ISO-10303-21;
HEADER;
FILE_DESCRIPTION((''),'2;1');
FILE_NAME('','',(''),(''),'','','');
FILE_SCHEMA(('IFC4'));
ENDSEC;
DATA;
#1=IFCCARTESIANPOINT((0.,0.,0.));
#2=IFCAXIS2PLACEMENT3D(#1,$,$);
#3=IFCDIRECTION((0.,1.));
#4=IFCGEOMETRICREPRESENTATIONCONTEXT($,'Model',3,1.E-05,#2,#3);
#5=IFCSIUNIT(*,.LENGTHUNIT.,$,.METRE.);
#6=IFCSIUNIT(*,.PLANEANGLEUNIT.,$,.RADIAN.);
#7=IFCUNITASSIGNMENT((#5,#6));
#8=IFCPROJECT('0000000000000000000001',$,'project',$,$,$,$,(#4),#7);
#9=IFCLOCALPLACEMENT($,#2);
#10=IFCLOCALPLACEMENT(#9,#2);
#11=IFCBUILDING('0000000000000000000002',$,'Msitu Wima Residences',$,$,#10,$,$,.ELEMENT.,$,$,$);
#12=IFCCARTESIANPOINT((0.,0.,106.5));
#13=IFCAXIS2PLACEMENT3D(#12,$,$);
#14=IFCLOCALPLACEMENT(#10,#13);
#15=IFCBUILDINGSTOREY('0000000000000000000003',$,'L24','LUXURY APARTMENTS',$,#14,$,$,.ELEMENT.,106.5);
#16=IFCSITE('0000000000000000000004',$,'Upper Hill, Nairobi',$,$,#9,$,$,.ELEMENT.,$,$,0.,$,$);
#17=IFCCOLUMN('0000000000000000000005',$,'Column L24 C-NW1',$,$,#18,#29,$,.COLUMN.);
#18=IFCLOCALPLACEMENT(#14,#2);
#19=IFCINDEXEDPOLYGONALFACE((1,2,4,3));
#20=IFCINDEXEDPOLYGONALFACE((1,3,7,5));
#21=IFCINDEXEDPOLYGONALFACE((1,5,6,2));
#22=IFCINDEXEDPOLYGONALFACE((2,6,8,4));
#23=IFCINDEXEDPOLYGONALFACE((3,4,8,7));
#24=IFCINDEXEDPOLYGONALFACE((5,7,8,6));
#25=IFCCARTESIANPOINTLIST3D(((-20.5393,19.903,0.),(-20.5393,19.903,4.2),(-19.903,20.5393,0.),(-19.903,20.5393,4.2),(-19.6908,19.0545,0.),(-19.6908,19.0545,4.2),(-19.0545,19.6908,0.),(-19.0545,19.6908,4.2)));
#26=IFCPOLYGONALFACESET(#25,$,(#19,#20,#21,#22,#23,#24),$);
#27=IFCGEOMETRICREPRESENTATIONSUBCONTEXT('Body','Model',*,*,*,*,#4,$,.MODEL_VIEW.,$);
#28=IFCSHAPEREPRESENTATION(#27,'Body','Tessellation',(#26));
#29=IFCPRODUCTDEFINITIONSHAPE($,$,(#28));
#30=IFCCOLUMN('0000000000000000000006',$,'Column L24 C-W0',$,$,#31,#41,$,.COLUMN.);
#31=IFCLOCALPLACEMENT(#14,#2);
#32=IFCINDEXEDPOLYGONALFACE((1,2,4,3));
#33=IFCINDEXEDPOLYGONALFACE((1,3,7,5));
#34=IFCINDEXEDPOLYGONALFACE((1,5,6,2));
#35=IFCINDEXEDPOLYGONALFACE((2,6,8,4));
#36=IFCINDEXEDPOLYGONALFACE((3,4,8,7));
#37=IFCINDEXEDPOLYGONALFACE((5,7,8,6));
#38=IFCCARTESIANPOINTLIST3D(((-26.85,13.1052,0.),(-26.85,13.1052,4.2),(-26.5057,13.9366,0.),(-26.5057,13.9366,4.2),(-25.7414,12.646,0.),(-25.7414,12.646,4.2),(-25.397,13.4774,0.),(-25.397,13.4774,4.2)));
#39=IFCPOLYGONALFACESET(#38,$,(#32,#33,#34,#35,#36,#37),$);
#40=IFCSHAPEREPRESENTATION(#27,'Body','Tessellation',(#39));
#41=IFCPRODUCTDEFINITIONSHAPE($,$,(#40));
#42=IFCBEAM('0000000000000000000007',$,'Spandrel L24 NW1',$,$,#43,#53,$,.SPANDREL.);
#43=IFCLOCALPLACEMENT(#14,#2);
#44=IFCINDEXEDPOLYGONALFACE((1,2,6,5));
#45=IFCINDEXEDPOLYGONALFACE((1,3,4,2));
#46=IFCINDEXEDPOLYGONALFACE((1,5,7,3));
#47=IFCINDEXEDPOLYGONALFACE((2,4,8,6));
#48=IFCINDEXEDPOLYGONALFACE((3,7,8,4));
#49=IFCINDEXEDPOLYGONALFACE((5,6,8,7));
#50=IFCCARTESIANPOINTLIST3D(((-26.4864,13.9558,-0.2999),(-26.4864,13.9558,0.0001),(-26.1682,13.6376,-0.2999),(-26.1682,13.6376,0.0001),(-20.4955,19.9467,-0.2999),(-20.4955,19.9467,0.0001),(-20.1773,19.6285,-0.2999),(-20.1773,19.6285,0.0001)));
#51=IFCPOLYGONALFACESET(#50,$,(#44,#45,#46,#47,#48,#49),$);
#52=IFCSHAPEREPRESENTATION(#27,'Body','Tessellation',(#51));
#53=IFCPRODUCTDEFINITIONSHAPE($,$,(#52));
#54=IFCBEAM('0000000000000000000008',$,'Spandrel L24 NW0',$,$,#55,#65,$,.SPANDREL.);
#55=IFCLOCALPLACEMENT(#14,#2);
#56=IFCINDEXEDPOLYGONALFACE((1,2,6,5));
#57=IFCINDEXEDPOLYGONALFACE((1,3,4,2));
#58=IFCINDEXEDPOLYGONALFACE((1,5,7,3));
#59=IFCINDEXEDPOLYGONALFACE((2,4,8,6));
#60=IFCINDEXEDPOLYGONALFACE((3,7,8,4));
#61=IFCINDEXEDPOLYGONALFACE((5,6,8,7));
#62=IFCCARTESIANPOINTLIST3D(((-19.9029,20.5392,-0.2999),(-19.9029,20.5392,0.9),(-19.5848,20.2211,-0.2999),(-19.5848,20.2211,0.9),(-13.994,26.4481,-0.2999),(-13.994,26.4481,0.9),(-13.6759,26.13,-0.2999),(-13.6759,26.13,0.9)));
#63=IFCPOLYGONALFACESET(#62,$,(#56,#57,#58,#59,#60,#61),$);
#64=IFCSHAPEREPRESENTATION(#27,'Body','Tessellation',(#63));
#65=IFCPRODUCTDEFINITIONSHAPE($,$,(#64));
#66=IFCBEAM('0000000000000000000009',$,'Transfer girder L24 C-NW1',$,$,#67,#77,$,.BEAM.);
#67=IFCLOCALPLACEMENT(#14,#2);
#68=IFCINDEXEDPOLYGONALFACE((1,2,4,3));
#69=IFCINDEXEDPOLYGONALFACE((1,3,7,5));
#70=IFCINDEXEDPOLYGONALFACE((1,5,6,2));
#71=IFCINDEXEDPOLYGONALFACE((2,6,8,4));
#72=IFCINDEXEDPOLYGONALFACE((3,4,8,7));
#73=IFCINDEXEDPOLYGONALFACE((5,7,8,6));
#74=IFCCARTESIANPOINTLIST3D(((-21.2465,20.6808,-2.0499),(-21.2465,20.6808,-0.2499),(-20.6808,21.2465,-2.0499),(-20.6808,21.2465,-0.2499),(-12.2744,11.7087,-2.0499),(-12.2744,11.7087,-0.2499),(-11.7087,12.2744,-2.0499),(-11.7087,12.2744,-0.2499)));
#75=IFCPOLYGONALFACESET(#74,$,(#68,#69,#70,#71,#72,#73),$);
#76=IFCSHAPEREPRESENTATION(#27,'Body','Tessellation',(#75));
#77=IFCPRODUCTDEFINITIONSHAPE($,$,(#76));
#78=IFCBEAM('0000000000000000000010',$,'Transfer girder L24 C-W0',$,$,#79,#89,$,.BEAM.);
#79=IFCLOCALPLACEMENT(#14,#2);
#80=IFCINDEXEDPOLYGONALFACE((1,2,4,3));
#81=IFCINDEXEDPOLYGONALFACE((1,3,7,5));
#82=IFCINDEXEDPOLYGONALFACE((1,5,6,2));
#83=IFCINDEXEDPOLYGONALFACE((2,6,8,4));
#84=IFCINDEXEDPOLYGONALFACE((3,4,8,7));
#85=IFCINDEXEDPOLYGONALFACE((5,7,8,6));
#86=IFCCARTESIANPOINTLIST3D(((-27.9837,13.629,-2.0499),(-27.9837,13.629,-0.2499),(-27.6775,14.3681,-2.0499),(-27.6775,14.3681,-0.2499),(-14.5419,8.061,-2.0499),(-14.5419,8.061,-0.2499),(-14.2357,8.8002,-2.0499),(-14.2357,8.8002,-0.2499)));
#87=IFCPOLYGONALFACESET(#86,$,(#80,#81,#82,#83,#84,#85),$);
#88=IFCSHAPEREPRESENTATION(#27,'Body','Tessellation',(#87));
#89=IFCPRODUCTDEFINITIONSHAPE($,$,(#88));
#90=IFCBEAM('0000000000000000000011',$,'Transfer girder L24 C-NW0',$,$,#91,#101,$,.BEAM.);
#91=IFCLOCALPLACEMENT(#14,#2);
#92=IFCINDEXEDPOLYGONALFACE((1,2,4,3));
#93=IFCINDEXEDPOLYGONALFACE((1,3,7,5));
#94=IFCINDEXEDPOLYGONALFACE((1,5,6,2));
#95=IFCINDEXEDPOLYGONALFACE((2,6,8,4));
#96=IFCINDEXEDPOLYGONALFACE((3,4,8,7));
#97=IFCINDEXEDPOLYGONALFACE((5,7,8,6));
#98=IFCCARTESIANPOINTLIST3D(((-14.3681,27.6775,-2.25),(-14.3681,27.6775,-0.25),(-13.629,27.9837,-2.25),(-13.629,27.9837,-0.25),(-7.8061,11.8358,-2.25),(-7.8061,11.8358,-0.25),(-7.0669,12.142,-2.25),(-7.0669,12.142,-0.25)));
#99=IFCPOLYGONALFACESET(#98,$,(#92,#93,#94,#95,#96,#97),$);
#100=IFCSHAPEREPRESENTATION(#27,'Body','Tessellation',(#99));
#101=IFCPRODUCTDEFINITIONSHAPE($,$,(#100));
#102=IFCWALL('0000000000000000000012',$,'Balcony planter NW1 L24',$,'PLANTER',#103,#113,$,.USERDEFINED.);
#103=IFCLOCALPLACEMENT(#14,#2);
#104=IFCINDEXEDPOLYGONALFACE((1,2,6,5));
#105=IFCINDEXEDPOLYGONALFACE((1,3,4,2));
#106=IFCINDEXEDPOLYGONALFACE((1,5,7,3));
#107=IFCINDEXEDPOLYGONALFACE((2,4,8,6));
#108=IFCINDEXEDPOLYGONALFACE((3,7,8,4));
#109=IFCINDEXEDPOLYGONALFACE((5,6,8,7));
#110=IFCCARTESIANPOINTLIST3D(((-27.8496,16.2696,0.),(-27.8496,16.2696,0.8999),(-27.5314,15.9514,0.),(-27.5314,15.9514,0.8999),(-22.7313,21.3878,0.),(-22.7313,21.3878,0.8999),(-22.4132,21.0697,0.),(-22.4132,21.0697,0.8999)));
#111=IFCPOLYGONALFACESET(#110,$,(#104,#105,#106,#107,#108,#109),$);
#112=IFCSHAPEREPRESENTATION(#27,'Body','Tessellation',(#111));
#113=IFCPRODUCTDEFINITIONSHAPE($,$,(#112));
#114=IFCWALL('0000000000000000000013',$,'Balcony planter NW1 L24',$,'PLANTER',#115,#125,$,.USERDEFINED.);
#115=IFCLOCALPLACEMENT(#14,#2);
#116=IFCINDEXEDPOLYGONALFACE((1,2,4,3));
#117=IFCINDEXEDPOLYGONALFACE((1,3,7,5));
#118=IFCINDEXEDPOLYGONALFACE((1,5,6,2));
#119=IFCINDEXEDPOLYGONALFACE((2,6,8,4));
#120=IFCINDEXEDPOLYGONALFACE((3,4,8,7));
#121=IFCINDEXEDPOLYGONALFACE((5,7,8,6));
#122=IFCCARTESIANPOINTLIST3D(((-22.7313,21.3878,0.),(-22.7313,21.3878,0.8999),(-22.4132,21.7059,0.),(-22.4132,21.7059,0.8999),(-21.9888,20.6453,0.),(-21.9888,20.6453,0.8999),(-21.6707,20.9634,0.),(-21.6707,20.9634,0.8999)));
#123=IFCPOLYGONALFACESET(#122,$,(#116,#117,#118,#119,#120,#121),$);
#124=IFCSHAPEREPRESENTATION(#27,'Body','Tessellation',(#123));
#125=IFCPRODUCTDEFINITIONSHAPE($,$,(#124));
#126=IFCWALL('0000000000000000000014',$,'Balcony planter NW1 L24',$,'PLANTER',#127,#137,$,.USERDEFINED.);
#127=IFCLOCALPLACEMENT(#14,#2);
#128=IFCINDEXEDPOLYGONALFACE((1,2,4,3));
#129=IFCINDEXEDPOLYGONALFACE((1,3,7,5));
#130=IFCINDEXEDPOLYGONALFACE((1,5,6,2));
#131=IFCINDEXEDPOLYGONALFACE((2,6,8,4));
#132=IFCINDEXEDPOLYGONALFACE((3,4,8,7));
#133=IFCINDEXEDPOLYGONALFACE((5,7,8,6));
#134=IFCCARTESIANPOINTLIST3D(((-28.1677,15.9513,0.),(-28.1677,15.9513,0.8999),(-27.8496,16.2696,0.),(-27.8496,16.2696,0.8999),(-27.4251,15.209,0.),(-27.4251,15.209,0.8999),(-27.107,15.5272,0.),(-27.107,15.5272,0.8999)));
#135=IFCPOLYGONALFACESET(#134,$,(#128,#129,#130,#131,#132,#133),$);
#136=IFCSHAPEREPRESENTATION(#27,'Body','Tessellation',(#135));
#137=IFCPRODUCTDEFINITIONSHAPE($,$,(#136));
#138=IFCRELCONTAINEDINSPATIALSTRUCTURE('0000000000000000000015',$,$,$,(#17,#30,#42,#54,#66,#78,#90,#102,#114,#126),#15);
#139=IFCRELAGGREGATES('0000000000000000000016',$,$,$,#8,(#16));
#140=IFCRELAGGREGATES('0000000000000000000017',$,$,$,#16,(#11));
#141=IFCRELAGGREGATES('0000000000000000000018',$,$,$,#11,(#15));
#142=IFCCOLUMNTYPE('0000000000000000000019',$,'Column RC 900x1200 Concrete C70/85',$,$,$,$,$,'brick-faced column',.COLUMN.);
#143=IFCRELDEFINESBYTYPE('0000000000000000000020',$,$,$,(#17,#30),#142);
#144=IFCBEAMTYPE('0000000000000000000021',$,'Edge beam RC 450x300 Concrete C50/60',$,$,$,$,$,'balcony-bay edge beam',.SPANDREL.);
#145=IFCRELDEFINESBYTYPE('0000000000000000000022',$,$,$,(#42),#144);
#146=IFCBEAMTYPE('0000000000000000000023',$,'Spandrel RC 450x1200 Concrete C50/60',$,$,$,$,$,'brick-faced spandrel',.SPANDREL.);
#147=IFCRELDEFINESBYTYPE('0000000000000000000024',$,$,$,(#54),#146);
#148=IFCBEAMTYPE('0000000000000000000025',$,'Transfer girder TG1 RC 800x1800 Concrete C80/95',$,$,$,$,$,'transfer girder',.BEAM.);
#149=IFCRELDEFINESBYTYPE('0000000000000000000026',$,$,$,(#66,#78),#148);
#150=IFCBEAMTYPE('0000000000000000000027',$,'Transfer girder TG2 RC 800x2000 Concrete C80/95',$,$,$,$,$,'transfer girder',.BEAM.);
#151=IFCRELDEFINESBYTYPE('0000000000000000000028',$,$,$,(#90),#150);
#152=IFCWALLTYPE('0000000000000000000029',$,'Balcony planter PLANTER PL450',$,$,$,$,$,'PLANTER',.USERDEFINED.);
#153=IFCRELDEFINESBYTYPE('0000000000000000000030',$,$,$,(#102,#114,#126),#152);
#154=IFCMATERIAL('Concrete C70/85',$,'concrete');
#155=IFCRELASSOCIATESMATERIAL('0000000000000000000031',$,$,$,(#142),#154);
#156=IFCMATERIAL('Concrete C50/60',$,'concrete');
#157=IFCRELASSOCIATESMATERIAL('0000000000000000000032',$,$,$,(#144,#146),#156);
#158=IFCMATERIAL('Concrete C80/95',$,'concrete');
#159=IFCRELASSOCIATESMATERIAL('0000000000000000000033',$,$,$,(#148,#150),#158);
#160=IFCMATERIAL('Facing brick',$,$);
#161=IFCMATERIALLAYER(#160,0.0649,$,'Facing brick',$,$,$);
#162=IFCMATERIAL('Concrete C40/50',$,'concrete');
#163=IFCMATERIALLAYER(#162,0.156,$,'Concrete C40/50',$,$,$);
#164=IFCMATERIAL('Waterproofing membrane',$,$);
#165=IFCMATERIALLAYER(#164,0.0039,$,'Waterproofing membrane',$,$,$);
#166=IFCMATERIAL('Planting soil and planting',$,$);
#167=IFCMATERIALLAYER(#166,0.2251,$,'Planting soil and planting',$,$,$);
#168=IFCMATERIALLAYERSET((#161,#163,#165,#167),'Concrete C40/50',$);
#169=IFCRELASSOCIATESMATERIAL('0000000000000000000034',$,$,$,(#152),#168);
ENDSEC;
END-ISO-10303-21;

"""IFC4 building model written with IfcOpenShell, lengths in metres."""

from ifc_helpers import new_model, si_unit, direction, frame, frame_2d, origin, origin_2d, place, context, subcontext, project, spatial, rectangle, extrude, material, layer, layer_set, material_profile, profile_set, type_object, element, save


model = new_model("IFC4")

# Units and contexts
model_context = context("Model", 3, precision=1e-05, world=origin(), true_north=direction((0.0, 1.0)))
body_context = subcontext(model_context, "Body", "Model", "MODEL_VIEW")
ifc_project = project(units=[si_unit("LENGTHUNIT", "METRE"), si_unit("PLANEANGLEUNIT", "RADIAN")], contexts=[model_context])

# Site, building, storey
site_placement = place(None, origin())
site = spatial("IfcSite", under=ifc_project, at=site_placement, Name="Upper Hill, Nairobi", CompositionType="ELEMENT", RefElevation=0.0)
building_placement = place(site_placement, origin())
building = spatial("IfcBuilding", under=site, at=building_placement, Name="Msitu Wima Residences", CompositionType="ELEMENT")
storey_placement = place(building_placement, frame((0.0, 0.0, 106.5)))
storey = spatial("IfcBuildingStorey", under=building, at=storey_placement, Name="L24", Description="LUXURY APARTMENTS", CompositionType="ELEMENT", Elevation=106.5)

# Columns
ifc_material_1 = material(Name="Concrete C70/85", Category="concrete")
ifc_material_profile_1 = material_profile(ifc_material_1, rectangle(XDim=0.8999, YDim=1.2, at=origin_2d()), Name="RC 900x1200")
ifc_profile_set_1 = profile_set([ifc_material_profile_1], Name="Concrete C70/85")
column_type = type_object("IfcColumnType", Name="Column RC 900x1200 Concrete C70/85", ElementType="brick-faced column", PredefinedType="COLUMN", material=ifc_profile_set_1)
for number, where, z_axis, x_axis, name in (
    (1, (-19.7969, 19.7969, 0.0), (0.0, 0.0, 1.0), (-0.707107, -0.707107, 0.0), "Column L24 C-NW1"),
    (2, (-26.1235, 13.2913, 0.0), (0.0, 0.0, 1.0), (-0.382683, -0.92388, 0.0), "Column L24 C-W0"),
):
    element("IfcColumn", number, at=place(storey_placement, frame(where, z_axis=z_axis, x_axis=x_axis)), inside=storey, type_object=column_type, Name=name, PredefinedType="COLUMN", context=body_context, shape_type="SweptSolid", body=[
        extrude(rectangle(XDim=0.8999, YDim=1.2, at=origin_2d()), origin(), (0.0, 0.0, 1.0), 4.2),
    ])

# Beams
ifc_material_2 = material(Name="Concrete C50/60", Category="concrete")
ifc_material_profile_2 = material_profile(ifc_material_2, rectangle(XDim=0.45, YDim=0.3, at=origin_2d()), Name="RC 450x300")
ifc_profile_set_2 = profile_set([ifc_material_profile_2], Name="Concrete C50/60")
beam_type_1 = type_object("IfcBeamType", Name="Edge beam RC 450x300 Concrete C50/60", ElementType="balcony-bay edge beam", PredefinedType="SPANDREL", material=ifc_profile_set_2)
beam_1_placement = place(storey_placement, frame((-20.3364, 19.7876, -0.1499), z_axis=(-0.707107, -0.707107, 0.0), x_axis=(0.707107, -0.707107, 0.0)))
element("IfcBeam", 3, at=beam_1_placement, inside=storey, type_object=beam_type_1, Name="Spandrel L24 NW1", PredefinedType="SPANDREL", context=body_context, shape_type="SweptSolid", body=[
    extrude(rectangle(XDim=0.45, YDim=0.3, at=origin_2d()), origin(), (0.0, 0.0, 1.0), 8.4724),
])
ifc_material_profile_3 = material_profile(ifc_material_2, rectangle(XDim=0.45, YDim=1.2, at=origin_2d()), Name="RC 450x1200")
ifc_profile_set_3 = profile_set([ifc_material_profile_3], Name="Concrete C50/60")
beam_type_2 = type_object("IfcBeamType", Name="Spandrel RC 450x1200 Concrete C50/60", ElementType="brick-faced spandrel", PredefinedType="SPANDREL", material=ifc_profile_set_3)
beam_2_placement = place(storey_placement, frame((-13.835, 26.2891, 0.3), z_axis=(-0.707107, -0.707107, 0.0), x_axis=(0.707107, -0.707107, 0.0)))
element("IfcBeam", 4, at=beam_2_placement, inside=storey, type_object=beam_type_2, Name="Spandrel L24 NW0", PredefinedType="SPANDREL", context=body_context, shape_type="SweptSolid", body=[
    extrude(rectangle(XDim=0.45, YDim=1.2, at=origin_2d()), origin(), (0.0, 0.0, 1.0), 8.3564),
])
ifc_material_3 = material(Name="Concrete C80/95", Category="concrete")
ifc_material_profile_4 = material_profile(ifc_material_3, rectangle(XDim=0.8, YDim=1.8, at=origin_2d()), Name="RC 800x1800")
ifc_profile_set_4 = profile_set([ifc_material_profile_4], Name="Concrete C80/95")
beam_type_3 = type_object("IfcBeamType", Name="Transfer girder TG1 RC 800x1800 Concrete C80/95", ElementType="transfer girder", PredefinedType="BEAM", material=ifc_profile_set_4)
beam_3_placement = place(storey_placement, frame((-20.9636, 20.9636, -1.1499), z_axis=(0.707107, -0.707107, 0.0), x_axis=(0.707107, 0.707107, 0.0)))
element("IfcBeam", 5, at=beam_3_placement, inside=storey, type_object=beam_type_3, Name="Transfer girder L24 C-NW1", PredefinedType="BEAM", context=body_context, shape_type="SweptSolid", body=[
    extrude(rectangle(XDim=0.8, YDim=1.8, at=origin_2d()), origin(), (0.0, 0.0, 1.0), 12.6885),
])
beam_4_placement = place(storey_placement, frame((-27.8306, 13.9985, -1.1499), z_axis=(0.923876, -0.382693, 0.0), x_axis=(0.382693, 0.923876, 0.0)))
element("IfcBeam", 6, at=beam_4_placement, inside=storey, type_object=beam_type_3, Name="Transfer girder L24 C-W0", PredefinedType="BEAM", context=body_context, shape_type="SweptSolid", body=[
    extrude(rectangle(XDim=0.8, YDim=1.8, at=origin_2d()), origin(), (0.0, 0.0, 1.0), 14.5493),
])
ifc_material_profile_5 = material_profile(ifc_material_3, rectangle(XDim=0.8, YDim=2.0, at=origin_2d()), Name="RC 800x2000")
ifc_profile_set_5 = profile_set([ifc_material_profile_5], Name="Concrete C80/95")
beam_type_4 = type_object("IfcBeamType", Name="Transfer girder TG2 RC 800x2000 Concrete C80/95", ElementType="transfer girder", PredefinedType="BEAM", material=ifc_profile_set_5)
beam_5_placement = place(storey_placement, frame((-13.9985, 27.8306, -1.25), z_axis=(0.382695, -0.923875, 0.0), x_axis=(0.923875, 0.382695, 0.0)))
element("IfcBeam", 7, at=beam_5_placement, inside=storey, type_object=beam_type_4, Name="Transfer girder L24 C-NW0", PredefinedType="BEAM", context=body_context, shape_type="SweptSolid", body=[
    extrude(rectangle(XDim=0.8, YDim=2.0, at=origin_2d()), origin(), (0.0, 0.0, 1.0), 17.147),
])

# Walls
ifc_material_4 = material(Name="Facing brick")
ifc_layer_1 = layer(ifc_material_4, 0.0649, Name="Facing brick")
ifc_material_5 = material(Name="Concrete C40/50", Category="concrete")
ifc_layer_2 = layer(ifc_material_5, 0.156, Name="Concrete C40/50")
ifc_material_6 = material(Name="Waterproofing membrane")
ifc_layer_3 = layer(ifc_material_6, 0.0039, Name="Waterproofing membrane")
ifc_material_7 = material(Name="Planting soil and planting")
ifc_layer_4 = layer(ifc_material_7, 0.2251, Name="Planting soil and planting")
ifc_layer_set_1 = layer_set([ifc_layer_1, ifc_layer_2, ifc_layer_3, ifc_layer_4], Name="Concrete C40/50")
wall_type_1 = type_object("IfcWallType", Name="Balcony planter PLANTER PL450", ElementType="PLANTER", PredefinedType="USERDEFINED", material=ifc_layer_set_1)
wall_1_placement = place(storey_placement, frame((-22.5723, 21.2288, 0.0), z_axis=(0.0, 0.0, 1.0), x_axis=(-0.707107, -0.707107, 0.0)))
element("IfcWall", 8, at=wall_1_placement, inside=storey, type_object=wall_type_1, Name="Balcony planter NW1 L24", ObjectType="PLANTER", PredefinedType="USERDEFINED", context=body_context, shape_type="SweptSolid", body=[
    extrude(rectangle(XDim=7.2383, YDim=0.45, at=frame_2d((3.6191, 0.0))), origin(), (0.0, 0.0, 1.0), 0.8999),
])
for number, where, z_axis, x_axis, name in (
    (9, (-21.8298, 20.8044, 0.0), (0.0, 0.0, 1.0), (-0.707107, 0.707107, 0.0), "Balcony planter NW1 L24"),
    (10, (-27.2661, 15.3682, 0.0), (0.0, 0.0, 1.0), (-0.707223, 0.706991, 0.0), "Balcony planter NW1 L24"),
):
    element("IfcWall", number, at=place(storey_placement, frame(where, z_axis=z_axis, x_axis=x_axis)), inside=storey, type_object=wall_type_1, Name=name, ObjectType="PLANTER", PredefinedType="USERDEFINED", context=body_context, shape_type="SweptSolid", body=[
        extrude(rectangle(XDim=1.05, YDim=0.45, at=frame_2d((0.5249, 0.0))), origin(), (0.0, 0.0, 1.0), 0.8999),
    ])

save(model, "model.ifc")
